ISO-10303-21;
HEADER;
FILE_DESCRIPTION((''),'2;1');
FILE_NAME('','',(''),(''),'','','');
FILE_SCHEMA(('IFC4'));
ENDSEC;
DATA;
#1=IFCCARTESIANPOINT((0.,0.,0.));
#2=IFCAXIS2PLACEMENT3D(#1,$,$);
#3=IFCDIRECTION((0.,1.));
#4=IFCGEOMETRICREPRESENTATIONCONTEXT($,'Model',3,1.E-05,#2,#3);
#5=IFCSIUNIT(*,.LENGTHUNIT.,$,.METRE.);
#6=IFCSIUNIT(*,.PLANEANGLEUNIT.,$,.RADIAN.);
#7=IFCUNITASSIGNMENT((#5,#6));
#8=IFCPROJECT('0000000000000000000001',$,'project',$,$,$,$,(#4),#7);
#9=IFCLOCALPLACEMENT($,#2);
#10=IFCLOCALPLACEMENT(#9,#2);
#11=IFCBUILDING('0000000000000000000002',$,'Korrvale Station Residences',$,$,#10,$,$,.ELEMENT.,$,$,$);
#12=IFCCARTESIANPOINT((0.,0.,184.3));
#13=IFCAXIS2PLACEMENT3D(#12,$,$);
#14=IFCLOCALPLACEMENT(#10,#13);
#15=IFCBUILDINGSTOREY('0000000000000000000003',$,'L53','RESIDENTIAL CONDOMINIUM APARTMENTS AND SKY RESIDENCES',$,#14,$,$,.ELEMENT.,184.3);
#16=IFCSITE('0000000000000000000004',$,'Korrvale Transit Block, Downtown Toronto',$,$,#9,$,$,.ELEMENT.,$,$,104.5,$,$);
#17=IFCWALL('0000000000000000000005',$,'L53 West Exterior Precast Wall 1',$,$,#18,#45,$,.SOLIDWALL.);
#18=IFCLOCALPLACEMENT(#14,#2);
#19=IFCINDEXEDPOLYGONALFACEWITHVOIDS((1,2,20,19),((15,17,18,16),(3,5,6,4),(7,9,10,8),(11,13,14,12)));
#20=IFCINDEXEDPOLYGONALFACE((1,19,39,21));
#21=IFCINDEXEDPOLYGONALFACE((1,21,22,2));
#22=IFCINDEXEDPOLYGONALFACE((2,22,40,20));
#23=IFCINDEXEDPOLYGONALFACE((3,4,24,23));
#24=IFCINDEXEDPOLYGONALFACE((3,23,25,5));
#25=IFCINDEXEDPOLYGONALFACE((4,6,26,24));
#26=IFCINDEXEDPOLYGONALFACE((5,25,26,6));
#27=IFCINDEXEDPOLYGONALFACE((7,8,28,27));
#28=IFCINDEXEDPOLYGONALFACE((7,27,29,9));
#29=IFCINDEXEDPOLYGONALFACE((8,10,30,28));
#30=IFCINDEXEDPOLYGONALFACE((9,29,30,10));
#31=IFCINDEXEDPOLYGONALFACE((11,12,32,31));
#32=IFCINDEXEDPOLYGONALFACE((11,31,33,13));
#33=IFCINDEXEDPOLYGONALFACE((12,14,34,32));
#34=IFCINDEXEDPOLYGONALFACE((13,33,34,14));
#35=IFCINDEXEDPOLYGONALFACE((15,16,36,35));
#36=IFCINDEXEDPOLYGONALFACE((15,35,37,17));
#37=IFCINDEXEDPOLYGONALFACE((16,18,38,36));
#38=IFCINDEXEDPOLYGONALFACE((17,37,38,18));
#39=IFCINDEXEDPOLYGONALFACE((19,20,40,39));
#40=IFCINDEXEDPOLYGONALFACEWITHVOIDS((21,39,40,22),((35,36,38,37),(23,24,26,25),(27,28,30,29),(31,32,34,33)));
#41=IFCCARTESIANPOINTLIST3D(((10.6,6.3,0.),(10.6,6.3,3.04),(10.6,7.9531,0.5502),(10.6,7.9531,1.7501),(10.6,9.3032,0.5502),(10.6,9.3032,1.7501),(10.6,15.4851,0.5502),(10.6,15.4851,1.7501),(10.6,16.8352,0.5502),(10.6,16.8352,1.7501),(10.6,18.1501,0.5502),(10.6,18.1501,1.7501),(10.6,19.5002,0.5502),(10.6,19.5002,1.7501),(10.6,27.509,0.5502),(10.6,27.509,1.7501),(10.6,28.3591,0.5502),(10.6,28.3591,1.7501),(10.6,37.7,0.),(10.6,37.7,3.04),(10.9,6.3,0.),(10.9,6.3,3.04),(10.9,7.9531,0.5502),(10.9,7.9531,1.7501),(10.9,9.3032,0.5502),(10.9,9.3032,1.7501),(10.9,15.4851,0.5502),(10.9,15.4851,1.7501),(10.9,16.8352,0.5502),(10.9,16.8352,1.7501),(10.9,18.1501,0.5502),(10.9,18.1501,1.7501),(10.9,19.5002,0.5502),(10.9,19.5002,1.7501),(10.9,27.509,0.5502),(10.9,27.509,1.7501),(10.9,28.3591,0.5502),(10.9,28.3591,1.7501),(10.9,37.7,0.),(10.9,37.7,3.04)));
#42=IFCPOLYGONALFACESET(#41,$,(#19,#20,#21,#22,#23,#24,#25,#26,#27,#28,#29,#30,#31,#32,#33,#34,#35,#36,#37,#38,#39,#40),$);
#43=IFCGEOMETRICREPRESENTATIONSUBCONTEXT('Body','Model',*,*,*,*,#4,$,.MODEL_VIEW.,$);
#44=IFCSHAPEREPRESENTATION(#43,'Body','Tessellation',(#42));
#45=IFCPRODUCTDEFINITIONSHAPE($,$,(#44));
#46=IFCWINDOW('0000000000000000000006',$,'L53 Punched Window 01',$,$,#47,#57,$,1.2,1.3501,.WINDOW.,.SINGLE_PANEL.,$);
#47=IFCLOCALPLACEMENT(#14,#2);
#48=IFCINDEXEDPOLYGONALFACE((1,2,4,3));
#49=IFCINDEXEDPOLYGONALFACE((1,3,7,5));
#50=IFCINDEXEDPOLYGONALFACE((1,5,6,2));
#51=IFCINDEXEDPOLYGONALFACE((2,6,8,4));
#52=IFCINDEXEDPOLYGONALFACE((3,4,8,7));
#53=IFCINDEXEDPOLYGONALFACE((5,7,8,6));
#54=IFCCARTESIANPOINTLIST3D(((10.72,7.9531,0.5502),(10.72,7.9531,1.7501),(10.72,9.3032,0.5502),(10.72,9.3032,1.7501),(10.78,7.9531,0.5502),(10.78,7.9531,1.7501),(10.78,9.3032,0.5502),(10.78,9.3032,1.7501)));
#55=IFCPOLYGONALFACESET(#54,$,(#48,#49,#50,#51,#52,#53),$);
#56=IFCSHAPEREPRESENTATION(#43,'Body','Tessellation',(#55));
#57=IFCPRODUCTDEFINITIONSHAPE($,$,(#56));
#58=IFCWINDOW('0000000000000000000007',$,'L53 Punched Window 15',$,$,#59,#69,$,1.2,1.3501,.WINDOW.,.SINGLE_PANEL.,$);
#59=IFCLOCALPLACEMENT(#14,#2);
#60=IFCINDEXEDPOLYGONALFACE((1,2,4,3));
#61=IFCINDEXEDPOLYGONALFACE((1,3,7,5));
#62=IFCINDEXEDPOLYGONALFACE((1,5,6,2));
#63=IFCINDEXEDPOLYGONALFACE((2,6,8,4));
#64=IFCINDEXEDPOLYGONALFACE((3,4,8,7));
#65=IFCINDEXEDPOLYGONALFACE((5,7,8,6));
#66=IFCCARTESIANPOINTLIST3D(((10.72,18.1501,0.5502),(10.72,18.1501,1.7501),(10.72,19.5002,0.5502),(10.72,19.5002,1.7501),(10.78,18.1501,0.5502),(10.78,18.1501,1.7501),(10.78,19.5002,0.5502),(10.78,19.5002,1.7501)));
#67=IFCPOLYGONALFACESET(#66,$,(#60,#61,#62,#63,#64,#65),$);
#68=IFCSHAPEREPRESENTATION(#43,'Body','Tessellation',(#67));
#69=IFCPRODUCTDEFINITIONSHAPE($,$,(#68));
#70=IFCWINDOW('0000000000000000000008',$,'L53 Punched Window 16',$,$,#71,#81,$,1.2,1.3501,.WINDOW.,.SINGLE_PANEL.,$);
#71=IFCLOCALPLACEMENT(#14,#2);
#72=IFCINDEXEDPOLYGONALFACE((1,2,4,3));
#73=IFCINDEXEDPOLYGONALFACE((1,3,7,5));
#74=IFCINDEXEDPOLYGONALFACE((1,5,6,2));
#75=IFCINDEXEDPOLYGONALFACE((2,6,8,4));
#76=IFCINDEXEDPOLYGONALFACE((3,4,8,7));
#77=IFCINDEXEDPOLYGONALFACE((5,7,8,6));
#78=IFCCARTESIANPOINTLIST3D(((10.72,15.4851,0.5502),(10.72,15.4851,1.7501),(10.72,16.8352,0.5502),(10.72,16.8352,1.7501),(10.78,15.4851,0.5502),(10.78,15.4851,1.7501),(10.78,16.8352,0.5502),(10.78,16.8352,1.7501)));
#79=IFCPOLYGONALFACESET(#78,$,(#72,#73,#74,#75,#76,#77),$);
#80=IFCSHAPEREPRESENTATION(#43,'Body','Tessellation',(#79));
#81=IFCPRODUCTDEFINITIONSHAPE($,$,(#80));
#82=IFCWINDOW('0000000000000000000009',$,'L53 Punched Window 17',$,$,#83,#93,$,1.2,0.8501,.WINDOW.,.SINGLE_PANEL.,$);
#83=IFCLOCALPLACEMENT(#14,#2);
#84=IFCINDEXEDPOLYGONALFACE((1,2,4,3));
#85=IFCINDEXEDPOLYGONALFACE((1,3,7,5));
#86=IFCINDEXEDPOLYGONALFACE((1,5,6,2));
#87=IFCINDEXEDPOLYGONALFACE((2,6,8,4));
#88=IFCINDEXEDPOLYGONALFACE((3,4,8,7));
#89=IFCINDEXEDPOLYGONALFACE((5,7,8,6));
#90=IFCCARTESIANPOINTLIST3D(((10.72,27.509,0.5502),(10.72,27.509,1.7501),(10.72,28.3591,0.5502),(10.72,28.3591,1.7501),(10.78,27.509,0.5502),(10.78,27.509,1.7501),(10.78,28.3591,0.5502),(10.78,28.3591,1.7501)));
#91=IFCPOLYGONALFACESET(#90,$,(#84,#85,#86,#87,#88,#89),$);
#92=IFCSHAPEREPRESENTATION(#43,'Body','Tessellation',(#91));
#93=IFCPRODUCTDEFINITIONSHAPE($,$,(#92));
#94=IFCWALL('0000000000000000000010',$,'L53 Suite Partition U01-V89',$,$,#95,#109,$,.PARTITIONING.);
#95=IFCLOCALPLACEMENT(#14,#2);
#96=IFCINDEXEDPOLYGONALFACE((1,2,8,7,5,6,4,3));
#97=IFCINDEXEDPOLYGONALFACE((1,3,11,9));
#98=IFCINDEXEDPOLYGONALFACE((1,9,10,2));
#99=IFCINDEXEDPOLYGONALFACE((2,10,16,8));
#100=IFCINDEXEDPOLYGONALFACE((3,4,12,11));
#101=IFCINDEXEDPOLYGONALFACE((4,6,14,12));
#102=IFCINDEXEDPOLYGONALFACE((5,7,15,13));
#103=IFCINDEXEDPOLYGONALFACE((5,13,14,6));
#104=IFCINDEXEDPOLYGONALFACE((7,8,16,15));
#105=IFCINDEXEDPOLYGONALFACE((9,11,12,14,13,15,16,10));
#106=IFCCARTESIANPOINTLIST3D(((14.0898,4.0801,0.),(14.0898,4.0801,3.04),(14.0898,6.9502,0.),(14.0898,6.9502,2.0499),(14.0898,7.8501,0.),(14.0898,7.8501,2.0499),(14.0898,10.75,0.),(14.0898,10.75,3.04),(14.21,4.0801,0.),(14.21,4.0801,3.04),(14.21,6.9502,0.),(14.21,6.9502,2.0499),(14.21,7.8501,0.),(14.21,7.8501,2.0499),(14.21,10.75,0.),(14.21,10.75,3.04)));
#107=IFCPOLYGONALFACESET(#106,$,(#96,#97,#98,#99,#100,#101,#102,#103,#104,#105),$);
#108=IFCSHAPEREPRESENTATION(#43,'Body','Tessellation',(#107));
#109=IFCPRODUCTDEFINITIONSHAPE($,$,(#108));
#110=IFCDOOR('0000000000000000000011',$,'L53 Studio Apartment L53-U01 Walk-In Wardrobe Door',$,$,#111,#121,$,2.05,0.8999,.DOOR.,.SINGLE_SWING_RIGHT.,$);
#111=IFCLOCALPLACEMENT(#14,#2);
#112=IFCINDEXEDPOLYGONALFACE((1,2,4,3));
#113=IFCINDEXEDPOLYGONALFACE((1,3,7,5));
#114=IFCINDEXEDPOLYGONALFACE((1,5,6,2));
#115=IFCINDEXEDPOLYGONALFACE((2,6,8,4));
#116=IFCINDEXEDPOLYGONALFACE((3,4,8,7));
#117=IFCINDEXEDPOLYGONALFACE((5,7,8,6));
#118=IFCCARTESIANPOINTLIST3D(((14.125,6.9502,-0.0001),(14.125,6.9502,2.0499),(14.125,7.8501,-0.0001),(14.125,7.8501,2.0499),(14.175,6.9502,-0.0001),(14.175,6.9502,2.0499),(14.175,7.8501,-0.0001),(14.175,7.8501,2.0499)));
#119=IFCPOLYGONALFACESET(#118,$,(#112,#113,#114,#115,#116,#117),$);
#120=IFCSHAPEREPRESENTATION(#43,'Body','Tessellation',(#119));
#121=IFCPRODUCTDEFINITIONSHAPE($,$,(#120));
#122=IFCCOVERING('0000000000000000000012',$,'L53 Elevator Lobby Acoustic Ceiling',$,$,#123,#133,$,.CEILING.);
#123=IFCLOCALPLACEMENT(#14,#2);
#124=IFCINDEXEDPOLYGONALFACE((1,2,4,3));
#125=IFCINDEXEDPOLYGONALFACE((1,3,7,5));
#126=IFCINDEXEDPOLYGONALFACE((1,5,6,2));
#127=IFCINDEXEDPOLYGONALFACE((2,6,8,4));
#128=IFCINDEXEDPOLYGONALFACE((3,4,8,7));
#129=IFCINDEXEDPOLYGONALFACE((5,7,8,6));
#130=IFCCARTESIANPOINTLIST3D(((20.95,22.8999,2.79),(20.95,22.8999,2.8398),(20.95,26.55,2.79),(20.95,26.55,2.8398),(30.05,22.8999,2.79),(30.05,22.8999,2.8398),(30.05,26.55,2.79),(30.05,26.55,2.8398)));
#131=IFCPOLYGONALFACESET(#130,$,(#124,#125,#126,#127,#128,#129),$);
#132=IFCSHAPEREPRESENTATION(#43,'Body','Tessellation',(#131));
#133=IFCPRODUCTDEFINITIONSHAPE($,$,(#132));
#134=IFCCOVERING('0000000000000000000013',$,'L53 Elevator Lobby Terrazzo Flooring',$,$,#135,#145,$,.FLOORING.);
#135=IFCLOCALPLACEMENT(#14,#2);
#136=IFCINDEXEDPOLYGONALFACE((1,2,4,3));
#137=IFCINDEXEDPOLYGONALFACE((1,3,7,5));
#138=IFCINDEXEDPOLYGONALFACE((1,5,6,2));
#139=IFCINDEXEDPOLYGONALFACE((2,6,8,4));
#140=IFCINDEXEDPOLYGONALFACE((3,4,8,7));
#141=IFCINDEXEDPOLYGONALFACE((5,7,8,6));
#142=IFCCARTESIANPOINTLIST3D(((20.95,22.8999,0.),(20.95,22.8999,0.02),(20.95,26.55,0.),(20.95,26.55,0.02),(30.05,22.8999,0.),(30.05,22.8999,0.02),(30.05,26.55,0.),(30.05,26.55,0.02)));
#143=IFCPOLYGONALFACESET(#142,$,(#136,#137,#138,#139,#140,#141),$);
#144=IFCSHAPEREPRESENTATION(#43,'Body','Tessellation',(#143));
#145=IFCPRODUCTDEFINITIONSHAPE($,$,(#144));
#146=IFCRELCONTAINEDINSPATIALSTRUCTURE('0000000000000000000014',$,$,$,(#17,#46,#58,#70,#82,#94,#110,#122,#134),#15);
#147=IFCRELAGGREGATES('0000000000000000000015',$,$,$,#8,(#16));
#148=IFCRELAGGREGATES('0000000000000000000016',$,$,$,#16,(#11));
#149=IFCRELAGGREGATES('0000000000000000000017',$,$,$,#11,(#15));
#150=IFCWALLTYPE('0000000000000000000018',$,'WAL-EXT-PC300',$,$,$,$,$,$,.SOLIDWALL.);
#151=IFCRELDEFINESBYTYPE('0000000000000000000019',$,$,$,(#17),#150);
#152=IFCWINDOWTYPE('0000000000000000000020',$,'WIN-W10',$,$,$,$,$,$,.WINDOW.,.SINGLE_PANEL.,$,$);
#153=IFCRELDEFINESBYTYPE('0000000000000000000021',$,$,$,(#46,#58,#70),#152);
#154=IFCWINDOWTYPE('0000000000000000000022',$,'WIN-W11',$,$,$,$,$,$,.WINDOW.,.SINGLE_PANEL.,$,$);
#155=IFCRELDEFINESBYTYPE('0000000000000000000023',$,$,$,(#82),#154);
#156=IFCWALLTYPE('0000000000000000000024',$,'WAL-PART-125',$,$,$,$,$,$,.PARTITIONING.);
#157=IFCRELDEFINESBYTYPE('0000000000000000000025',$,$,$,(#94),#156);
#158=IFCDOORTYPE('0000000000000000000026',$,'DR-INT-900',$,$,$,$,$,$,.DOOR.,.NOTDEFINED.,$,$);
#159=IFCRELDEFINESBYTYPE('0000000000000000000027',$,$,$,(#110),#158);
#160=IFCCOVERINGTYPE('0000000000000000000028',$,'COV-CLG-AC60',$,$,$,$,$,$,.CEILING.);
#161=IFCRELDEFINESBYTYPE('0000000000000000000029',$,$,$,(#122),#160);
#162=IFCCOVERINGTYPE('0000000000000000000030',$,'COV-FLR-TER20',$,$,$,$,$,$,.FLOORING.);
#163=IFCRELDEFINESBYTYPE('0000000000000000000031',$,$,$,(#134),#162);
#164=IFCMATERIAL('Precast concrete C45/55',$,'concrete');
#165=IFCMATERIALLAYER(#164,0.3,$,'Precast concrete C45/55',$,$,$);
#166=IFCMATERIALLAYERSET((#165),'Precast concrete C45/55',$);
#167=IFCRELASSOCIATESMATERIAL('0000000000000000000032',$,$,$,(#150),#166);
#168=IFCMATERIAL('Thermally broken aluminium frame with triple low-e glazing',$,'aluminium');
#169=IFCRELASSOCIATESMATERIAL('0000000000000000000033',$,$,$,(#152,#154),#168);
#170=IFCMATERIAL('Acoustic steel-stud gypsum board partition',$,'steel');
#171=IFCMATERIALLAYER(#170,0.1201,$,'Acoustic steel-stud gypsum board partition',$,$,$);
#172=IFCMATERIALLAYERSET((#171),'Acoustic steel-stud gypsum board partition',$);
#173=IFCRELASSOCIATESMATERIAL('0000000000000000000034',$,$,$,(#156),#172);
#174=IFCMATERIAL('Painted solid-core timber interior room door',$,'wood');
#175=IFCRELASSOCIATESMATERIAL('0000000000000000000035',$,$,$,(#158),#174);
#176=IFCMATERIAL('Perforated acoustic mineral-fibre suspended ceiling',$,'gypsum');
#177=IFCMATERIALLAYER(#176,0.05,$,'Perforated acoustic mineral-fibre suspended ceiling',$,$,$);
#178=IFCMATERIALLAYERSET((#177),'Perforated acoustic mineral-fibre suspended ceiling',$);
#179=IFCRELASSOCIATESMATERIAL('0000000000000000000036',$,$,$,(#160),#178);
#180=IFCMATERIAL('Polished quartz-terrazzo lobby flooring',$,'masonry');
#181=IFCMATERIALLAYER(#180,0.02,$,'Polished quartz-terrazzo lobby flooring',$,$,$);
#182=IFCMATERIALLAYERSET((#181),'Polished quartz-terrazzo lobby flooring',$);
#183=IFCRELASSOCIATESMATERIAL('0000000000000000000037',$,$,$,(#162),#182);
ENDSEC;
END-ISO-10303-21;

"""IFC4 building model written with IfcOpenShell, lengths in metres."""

from ifc_helpers import new_model, si_unit, direction, frame, frame_2d, origin, place, context, subcontext, project, spatial, polyline, rectangle, outline, extrude, material, layer, layer_set, type_object, element, fill, save


model = new_model("IFC4")

# Units and contexts
model_context = context("Model", 3, precision=1e-05, world=origin(), true_north=direction((0.0, 1.0)))
body_context = subcontext(model_context, "Body", "Model", "MODEL_VIEW")
ifc_project = project(units=[si_unit("LENGTHUNIT", "METRE"), si_unit("PLANEANGLEUNIT", "RADIAN")], contexts=[model_context])

# Site, building, storey
site_placement = place(None, origin())
site = spatial("IfcSite", under=ifc_project, at=site_placement, Name="Korrvale Transit Block, Downtown Toronto", CompositionType="ELEMENT", RefElevation=104.5)
building_placement = place(site_placement, origin())
building = spatial("IfcBuilding", under=site, at=building_placement, Name="Korrvale Station Residences", CompositionType="ELEMENT")
storey_placement = place(building_placement, frame((0.0, 0.0, 184.3)))
storey = spatial("IfcBuildingStorey", under=building, at=storey_placement, Name="L53", Description="RESIDENTIAL CONDOMINIUM APARTMENTS AND SKY RESIDENCES", CompositionType="ELEMENT", Elevation=184.3)

# Shared definitions
ifc_material_1 = material(Name="Precast concrete C45/55", Category="concrete")

# Wall, openings, windows
ifc_layer_1 = layer(ifc_material_1, 0.3, Name="Precast concrete C45/55")
ifc_layer_set_1 = layer_set([ifc_layer_1], Name="Precast concrete C45/55")
wall_type_1 = type_object("IfcWallType", Name="WAL-EXT-PC300", PredefinedType="SOLIDWALL", material=ifc_layer_set_1)
wall_1_placement = place(storey_placement, frame((10.75, 6.3, 0.0), z_axis=(0.0, 0.0, 1.0), x_axis=(0.0, 1.0, 0.0)))
wall_1 = element("IfcWall", 1, at=wall_1_placement, inside=storey, type_object=wall_type_1, Name="L53 West Exterior Precast Wall 1", PredefinedType="SOLIDWALL", context=body_context, shape_type="SweptSolid", body=[
    extrude(rectangle(XDim=31.3999, YDim=0.3, at=frame_2d((15.7, 0.0))), origin(), (0.0, 0.0, 1.0), 3.04),
])
opening_1_placement = place(wall_1_placement, frame((1.6531, 0.0, 0.55)))
opening_1 = element("IfcOpeningElement", 2, at=opening_1_placement, cuts=wall_1, PredefinedType="OPENING", context=body_context, shape_type="SweptSolid", body=[
    extrude(rectangle(XDim=1.3501, YDim=1.2, at=frame_2d((0.675, 0.6001))), frame((0.0, 0.1602, 0.0), z_axis=(0.0, -1.0, 0.0), x_axis=(1.0, 0.0, 0.0)), (0.0, 0.0, 1.0), 0.3201),
])
opening_2_placement = place(wall_1_placement, frame((11.8501, 0.0, 0.55)))
opening_2 = element("IfcOpeningElement", 3, at=opening_2_placement, cuts=wall_1, PredefinedType="OPENING", context=body_context, shape_type="SweptSolid", body=[
    extrude(rectangle(XDim=1.3501, YDim=1.2, at=frame_2d((0.675, 0.6001))), frame((0.0, 0.1602, 0.0), z_axis=(0.0, -1.0, 0.0), x_axis=(1.0, 0.0, 0.0)), (0.0, 0.0, 1.0), 0.3201),
])
opening_3_placement = place(wall_1_placement, frame((9.1851, 0.0, 0.55)))
opening_3 = element("IfcOpeningElement", 4, at=opening_3_placement, cuts=wall_1, PredefinedType="OPENING", context=body_context, shape_type="SweptSolid", body=[
    extrude(rectangle(XDim=1.3501, YDim=1.2, at=frame_2d((0.675, 0.6001))), frame((0.0, 0.1602, 0.0), z_axis=(0.0, -1.0, 0.0), x_axis=(1.0, 0.0, 0.0)), (0.0, 0.0, 1.0), 0.3201),
])
opening_4_placement = place(wall_1_placement, frame((21.209, 0.0, 0.55)))
opening_4 = element("IfcOpeningElement", 5, at=opening_4_placement, cuts=wall_1, PredefinedType="OPENING", context=body_context, shape_type="SweptSolid", body=[
    extrude(rectangle(XDim=0.8501, YDim=1.2, at=frame_2d((0.425, 0.6001))), frame((0.0, 0.1602, 0.0), z_axis=(0.0, -1.0, 0.0), x_axis=(1.0, 0.0, 0.0)), (0.0, 0.0, 1.0), 0.3201),
])
ifc_material_2 = material(Name="Thermally broken aluminium frame with triple low-e glazing", Category="aluminium")
window_type_1 = type_object("IfcWindowType", Name="WIN-W10", PartitioningType="SINGLE_PANEL", PredefinedType="WINDOW", material=ifc_material_2)
window_1_placement = place(opening_1_placement, origin())
window_1 = element("IfcWindow", 6, at=window_1_placement, inside=storey, type_object=window_type_1, Name="L53 Punched Window 01", OverallHeight=1.2, OverallWidth=1.3501, PartitioningType="SINGLE_PANEL", PredefinedType="WINDOW", context=body_context, shape_type="SweptSolid", body=[
    extrude(rectangle(XDim=1.3501, YDim=1.2, at=frame_2d((0.675, 0.6001))), frame((0.0, 0.03, 0.0), z_axis=(0.0, -1.0, 0.0), x_axis=(1.0, 0.0, 0.0)), (0.0, 0.0, 1.0), 0.0601),
])
fill(opening_1, window_1)
window_2_placement = place(opening_2_placement, origin())
window_2 = element("IfcWindow", 7, at=window_2_placement, inside=storey, type_object=window_type_1, Name="L53 Punched Window 15", OverallHeight=1.2, OverallWidth=1.3501, PartitioningType="SINGLE_PANEL", PredefinedType="WINDOW", context=body_context, shape_type="SweptSolid", body=[
    extrude(rectangle(XDim=1.3501, YDim=1.2, at=frame_2d((0.675, 0.6001))), frame((0.0, 0.03, 0.0), z_axis=(0.0, -1.0, 0.0), x_axis=(1.0, 0.0, 0.0)), (0.0, 0.0, 1.0), 0.0601),
])
fill(opening_2, window_2)
window_3_placement = place(opening_3_placement, origin())
window_3 = element("IfcWindow", 8, at=window_3_placement, inside=storey, type_object=window_type_1, Name="L53 Punched Window 16", OverallHeight=1.2, OverallWidth=1.3501, PartitioningType="SINGLE_PANEL", PredefinedType="WINDOW", context=body_context, shape_type="SweptSolid", body=[
    extrude(rectangle(XDim=1.3501, YDim=1.2, at=frame_2d((0.675, 0.6001))), frame((0.0, 0.03, 0.0), z_axis=(0.0, -1.0, 0.0), x_axis=(1.0, 0.0, 0.0)), (0.0, 0.0, 1.0), 0.0601),
])
fill(opening_3, window_3)
window_type_2 = type_object("IfcWindowType", Name="WIN-W11", PartitioningType="SINGLE_PANEL", PredefinedType="WINDOW", material=ifc_material_2)
window_4_placement = place(opening_4_placement, origin())
window_4 = element("IfcWindow", 9, at=window_4_placement, inside=storey, type_object=window_type_2, Name="L53 Punched Window 17", OverallHeight=1.2, OverallWidth=0.8501, PartitioningType="SINGLE_PANEL", PredefinedType="WINDOW", context=body_context, shape_type="SweptSolid", body=[
    extrude(rectangle(XDim=0.8501, YDim=1.2, at=frame_2d((0.425, 0.6001))), frame((0.0, 0.03, 0.0), z_axis=(0.0, -1.0, 0.0), x_axis=(1.0, 0.0, 0.0)), (0.0, 0.0, 1.0), 0.0601),
])
fill(opening_4, window_4)

# Wall, opening, door
ifc_material_3 = material(Name="Acoustic steel-stud gypsum board partition", Category="steel")
ifc_layer_2 = layer(ifc_material_3, 0.1201, Name="Acoustic steel-stud gypsum board partition")
ifc_layer_set_2 = layer_set([ifc_layer_2], Name="Acoustic steel-stud gypsum board partition")
wall_type_2 = type_object("IfcWallType", Name="WAL-PART-125", PredefinedType="PARTITIONING", material=ifc_layer_set_2)
wall_2_placement = place(storey_placement, frame((14.1499, 4.0801, 0.0), z_axis=(0.0, 0.0, 1.0), x_axis=(0.0, 1.0, 0.0)))
wall_2 = element("IfcWall", 10, at=wall_2_placement, inside=storey, type_object=wall_type_2, Name="L53 Suite Partition U01-V89", PredefinedType="PARTITIONING", context=body_context, shape_type="SweptSolid", body=[
    extrude(rectangle(XDim=6.6699, YDim=0.1201, at=frame_2d((3.335, 0.0))), origin(), (0.0, 0.0, 1.0), 3.04),
])
opening_5_placement = place(wall_2_placement, frame((2.8701, 0.0, 0.0)))
opening_5 = element("IfcOpeningElement", 11, at=opening_5_placement, cuts=wall_2, PredefinedType="OPENING", context=body_context, shape_type="SweptSolid", body=[
    extrude(rectangle(XDim=0.8999, YDim=2.05, at=frame_2d((0.45, 1.0249))), frame((0.0, 0.0701, 0.0), z_axis=(0.0, -1.0, 0.0), x_axis=(1.0, 0.0, 0.0)), (0.0, 0.0, 1.0), 0.1401),
])
ifc_material_4 = material(Name="Painted solid-core timber interior room door", Category="wood")
door_type = type_object("IfcDoorType", Name="DR-INT-900", OperationType="NOTDEFINED", PredefinedType="DOOR", material=ifc_material_4)
door_placement = place(opening_5_placement, origin())
door = element("IfcDoor", 12, at=door_placement, inside=storey, type_object=door_type, Name="L53 Studio Apartment L53-U01 Walk-In Wardrobe Door", OperationType="SINGLE_SWING_RIGHT", OverallHeight=2.05, OverallWidth=0.8999, PredefinedType="DOOR", context=body_context, shape_type="SweptSolid", body=[
    extrude(rectangle(XDim=0.8999, YDim=2.05, at=frame_2d((0.45, 1.0249))), frame((0.0, 0.0249, 0.0), z_axis=(0.0, -1.0, 0.0), x_axis=(1.0, 0.0, 0.0)), (0.0, 0.0, 1.0), 0.05),
])
fill(opening_5, door)

# Coverings
ifc_material_5 = material(Name="Perforated acoustic mineral-fibre suspended ceiling", Category="gypsum")
ifc_layer_3 = layer(ifc_material_5, 0.05, Name="Perforated acoustic mineral-fibre suspended ceiling")
ifc_layer_set_3 = layer_set([ifc_layer_3], Name="Perforated acoustic mineral-fibre suspended ceiling")
covering_type_1 = type_object("IfcCoveringType", Name="COV-CLG-AC60", PredefinedType="CEILING", material=ifc_layer_set_3)
covering_1_placement = place(storey_placement, frame((0.0, 0.0, 2.79)))
element("IfcCovering", 13, at=covering_1_placement, inside=storey, type_object=covering_type_1, Name="L53 Elevator Lobby Acoustic Ceiling", PredefinedType="CEILING", context=body_context, shape_type="SweptSolid", body=[
    extrude(outline(polyline([(20.95, 22.8999), (30.05, 22.8999), (30.05, 26.55), (20.95, 26.55), (20.95, 22.8999)])), origin(), (0.0, 0.0, 1.0), 0.0498),
])
ifc_material_6 = material(Name="Polished quartz-terrazzo lobby flooring", Category="masonry")
ifc_layer_4 = layer(ifc_material_6, 0.02, Name="Polished quartz-terrazzo lobby flooring")
ifc_layer_set_4 = layer_set([ifc_layer_4], Name="Polished quartz-terrazzo lobby flooring")
covering_type_2 = type_object("IfcCoveringType", Name="COV-FLR-TER20", PredefinedType="FLOORING", material=ifc_layer_set_4)
covering_2_placement = place(storey_placement, origin())
element("IfcCovering", 14, at=covering_2_placement, inside=storey, type_object=covering_type_2, Name="L53 Elevator Lobby Terrazzo Flooring", PredefinedType="FLOORING", context=body_context, shape_type="SweptSolid", body=[
    extrude(outline(polyline([(20.95, 22.8999), (30.05, 22.8999), (30.05, 26.55), (20.95, 26.55), (20.95, 22.8999)])), origin(), (0.0, 0.0, 1.0), 0.02),
])

save(model, "model.ifc")
